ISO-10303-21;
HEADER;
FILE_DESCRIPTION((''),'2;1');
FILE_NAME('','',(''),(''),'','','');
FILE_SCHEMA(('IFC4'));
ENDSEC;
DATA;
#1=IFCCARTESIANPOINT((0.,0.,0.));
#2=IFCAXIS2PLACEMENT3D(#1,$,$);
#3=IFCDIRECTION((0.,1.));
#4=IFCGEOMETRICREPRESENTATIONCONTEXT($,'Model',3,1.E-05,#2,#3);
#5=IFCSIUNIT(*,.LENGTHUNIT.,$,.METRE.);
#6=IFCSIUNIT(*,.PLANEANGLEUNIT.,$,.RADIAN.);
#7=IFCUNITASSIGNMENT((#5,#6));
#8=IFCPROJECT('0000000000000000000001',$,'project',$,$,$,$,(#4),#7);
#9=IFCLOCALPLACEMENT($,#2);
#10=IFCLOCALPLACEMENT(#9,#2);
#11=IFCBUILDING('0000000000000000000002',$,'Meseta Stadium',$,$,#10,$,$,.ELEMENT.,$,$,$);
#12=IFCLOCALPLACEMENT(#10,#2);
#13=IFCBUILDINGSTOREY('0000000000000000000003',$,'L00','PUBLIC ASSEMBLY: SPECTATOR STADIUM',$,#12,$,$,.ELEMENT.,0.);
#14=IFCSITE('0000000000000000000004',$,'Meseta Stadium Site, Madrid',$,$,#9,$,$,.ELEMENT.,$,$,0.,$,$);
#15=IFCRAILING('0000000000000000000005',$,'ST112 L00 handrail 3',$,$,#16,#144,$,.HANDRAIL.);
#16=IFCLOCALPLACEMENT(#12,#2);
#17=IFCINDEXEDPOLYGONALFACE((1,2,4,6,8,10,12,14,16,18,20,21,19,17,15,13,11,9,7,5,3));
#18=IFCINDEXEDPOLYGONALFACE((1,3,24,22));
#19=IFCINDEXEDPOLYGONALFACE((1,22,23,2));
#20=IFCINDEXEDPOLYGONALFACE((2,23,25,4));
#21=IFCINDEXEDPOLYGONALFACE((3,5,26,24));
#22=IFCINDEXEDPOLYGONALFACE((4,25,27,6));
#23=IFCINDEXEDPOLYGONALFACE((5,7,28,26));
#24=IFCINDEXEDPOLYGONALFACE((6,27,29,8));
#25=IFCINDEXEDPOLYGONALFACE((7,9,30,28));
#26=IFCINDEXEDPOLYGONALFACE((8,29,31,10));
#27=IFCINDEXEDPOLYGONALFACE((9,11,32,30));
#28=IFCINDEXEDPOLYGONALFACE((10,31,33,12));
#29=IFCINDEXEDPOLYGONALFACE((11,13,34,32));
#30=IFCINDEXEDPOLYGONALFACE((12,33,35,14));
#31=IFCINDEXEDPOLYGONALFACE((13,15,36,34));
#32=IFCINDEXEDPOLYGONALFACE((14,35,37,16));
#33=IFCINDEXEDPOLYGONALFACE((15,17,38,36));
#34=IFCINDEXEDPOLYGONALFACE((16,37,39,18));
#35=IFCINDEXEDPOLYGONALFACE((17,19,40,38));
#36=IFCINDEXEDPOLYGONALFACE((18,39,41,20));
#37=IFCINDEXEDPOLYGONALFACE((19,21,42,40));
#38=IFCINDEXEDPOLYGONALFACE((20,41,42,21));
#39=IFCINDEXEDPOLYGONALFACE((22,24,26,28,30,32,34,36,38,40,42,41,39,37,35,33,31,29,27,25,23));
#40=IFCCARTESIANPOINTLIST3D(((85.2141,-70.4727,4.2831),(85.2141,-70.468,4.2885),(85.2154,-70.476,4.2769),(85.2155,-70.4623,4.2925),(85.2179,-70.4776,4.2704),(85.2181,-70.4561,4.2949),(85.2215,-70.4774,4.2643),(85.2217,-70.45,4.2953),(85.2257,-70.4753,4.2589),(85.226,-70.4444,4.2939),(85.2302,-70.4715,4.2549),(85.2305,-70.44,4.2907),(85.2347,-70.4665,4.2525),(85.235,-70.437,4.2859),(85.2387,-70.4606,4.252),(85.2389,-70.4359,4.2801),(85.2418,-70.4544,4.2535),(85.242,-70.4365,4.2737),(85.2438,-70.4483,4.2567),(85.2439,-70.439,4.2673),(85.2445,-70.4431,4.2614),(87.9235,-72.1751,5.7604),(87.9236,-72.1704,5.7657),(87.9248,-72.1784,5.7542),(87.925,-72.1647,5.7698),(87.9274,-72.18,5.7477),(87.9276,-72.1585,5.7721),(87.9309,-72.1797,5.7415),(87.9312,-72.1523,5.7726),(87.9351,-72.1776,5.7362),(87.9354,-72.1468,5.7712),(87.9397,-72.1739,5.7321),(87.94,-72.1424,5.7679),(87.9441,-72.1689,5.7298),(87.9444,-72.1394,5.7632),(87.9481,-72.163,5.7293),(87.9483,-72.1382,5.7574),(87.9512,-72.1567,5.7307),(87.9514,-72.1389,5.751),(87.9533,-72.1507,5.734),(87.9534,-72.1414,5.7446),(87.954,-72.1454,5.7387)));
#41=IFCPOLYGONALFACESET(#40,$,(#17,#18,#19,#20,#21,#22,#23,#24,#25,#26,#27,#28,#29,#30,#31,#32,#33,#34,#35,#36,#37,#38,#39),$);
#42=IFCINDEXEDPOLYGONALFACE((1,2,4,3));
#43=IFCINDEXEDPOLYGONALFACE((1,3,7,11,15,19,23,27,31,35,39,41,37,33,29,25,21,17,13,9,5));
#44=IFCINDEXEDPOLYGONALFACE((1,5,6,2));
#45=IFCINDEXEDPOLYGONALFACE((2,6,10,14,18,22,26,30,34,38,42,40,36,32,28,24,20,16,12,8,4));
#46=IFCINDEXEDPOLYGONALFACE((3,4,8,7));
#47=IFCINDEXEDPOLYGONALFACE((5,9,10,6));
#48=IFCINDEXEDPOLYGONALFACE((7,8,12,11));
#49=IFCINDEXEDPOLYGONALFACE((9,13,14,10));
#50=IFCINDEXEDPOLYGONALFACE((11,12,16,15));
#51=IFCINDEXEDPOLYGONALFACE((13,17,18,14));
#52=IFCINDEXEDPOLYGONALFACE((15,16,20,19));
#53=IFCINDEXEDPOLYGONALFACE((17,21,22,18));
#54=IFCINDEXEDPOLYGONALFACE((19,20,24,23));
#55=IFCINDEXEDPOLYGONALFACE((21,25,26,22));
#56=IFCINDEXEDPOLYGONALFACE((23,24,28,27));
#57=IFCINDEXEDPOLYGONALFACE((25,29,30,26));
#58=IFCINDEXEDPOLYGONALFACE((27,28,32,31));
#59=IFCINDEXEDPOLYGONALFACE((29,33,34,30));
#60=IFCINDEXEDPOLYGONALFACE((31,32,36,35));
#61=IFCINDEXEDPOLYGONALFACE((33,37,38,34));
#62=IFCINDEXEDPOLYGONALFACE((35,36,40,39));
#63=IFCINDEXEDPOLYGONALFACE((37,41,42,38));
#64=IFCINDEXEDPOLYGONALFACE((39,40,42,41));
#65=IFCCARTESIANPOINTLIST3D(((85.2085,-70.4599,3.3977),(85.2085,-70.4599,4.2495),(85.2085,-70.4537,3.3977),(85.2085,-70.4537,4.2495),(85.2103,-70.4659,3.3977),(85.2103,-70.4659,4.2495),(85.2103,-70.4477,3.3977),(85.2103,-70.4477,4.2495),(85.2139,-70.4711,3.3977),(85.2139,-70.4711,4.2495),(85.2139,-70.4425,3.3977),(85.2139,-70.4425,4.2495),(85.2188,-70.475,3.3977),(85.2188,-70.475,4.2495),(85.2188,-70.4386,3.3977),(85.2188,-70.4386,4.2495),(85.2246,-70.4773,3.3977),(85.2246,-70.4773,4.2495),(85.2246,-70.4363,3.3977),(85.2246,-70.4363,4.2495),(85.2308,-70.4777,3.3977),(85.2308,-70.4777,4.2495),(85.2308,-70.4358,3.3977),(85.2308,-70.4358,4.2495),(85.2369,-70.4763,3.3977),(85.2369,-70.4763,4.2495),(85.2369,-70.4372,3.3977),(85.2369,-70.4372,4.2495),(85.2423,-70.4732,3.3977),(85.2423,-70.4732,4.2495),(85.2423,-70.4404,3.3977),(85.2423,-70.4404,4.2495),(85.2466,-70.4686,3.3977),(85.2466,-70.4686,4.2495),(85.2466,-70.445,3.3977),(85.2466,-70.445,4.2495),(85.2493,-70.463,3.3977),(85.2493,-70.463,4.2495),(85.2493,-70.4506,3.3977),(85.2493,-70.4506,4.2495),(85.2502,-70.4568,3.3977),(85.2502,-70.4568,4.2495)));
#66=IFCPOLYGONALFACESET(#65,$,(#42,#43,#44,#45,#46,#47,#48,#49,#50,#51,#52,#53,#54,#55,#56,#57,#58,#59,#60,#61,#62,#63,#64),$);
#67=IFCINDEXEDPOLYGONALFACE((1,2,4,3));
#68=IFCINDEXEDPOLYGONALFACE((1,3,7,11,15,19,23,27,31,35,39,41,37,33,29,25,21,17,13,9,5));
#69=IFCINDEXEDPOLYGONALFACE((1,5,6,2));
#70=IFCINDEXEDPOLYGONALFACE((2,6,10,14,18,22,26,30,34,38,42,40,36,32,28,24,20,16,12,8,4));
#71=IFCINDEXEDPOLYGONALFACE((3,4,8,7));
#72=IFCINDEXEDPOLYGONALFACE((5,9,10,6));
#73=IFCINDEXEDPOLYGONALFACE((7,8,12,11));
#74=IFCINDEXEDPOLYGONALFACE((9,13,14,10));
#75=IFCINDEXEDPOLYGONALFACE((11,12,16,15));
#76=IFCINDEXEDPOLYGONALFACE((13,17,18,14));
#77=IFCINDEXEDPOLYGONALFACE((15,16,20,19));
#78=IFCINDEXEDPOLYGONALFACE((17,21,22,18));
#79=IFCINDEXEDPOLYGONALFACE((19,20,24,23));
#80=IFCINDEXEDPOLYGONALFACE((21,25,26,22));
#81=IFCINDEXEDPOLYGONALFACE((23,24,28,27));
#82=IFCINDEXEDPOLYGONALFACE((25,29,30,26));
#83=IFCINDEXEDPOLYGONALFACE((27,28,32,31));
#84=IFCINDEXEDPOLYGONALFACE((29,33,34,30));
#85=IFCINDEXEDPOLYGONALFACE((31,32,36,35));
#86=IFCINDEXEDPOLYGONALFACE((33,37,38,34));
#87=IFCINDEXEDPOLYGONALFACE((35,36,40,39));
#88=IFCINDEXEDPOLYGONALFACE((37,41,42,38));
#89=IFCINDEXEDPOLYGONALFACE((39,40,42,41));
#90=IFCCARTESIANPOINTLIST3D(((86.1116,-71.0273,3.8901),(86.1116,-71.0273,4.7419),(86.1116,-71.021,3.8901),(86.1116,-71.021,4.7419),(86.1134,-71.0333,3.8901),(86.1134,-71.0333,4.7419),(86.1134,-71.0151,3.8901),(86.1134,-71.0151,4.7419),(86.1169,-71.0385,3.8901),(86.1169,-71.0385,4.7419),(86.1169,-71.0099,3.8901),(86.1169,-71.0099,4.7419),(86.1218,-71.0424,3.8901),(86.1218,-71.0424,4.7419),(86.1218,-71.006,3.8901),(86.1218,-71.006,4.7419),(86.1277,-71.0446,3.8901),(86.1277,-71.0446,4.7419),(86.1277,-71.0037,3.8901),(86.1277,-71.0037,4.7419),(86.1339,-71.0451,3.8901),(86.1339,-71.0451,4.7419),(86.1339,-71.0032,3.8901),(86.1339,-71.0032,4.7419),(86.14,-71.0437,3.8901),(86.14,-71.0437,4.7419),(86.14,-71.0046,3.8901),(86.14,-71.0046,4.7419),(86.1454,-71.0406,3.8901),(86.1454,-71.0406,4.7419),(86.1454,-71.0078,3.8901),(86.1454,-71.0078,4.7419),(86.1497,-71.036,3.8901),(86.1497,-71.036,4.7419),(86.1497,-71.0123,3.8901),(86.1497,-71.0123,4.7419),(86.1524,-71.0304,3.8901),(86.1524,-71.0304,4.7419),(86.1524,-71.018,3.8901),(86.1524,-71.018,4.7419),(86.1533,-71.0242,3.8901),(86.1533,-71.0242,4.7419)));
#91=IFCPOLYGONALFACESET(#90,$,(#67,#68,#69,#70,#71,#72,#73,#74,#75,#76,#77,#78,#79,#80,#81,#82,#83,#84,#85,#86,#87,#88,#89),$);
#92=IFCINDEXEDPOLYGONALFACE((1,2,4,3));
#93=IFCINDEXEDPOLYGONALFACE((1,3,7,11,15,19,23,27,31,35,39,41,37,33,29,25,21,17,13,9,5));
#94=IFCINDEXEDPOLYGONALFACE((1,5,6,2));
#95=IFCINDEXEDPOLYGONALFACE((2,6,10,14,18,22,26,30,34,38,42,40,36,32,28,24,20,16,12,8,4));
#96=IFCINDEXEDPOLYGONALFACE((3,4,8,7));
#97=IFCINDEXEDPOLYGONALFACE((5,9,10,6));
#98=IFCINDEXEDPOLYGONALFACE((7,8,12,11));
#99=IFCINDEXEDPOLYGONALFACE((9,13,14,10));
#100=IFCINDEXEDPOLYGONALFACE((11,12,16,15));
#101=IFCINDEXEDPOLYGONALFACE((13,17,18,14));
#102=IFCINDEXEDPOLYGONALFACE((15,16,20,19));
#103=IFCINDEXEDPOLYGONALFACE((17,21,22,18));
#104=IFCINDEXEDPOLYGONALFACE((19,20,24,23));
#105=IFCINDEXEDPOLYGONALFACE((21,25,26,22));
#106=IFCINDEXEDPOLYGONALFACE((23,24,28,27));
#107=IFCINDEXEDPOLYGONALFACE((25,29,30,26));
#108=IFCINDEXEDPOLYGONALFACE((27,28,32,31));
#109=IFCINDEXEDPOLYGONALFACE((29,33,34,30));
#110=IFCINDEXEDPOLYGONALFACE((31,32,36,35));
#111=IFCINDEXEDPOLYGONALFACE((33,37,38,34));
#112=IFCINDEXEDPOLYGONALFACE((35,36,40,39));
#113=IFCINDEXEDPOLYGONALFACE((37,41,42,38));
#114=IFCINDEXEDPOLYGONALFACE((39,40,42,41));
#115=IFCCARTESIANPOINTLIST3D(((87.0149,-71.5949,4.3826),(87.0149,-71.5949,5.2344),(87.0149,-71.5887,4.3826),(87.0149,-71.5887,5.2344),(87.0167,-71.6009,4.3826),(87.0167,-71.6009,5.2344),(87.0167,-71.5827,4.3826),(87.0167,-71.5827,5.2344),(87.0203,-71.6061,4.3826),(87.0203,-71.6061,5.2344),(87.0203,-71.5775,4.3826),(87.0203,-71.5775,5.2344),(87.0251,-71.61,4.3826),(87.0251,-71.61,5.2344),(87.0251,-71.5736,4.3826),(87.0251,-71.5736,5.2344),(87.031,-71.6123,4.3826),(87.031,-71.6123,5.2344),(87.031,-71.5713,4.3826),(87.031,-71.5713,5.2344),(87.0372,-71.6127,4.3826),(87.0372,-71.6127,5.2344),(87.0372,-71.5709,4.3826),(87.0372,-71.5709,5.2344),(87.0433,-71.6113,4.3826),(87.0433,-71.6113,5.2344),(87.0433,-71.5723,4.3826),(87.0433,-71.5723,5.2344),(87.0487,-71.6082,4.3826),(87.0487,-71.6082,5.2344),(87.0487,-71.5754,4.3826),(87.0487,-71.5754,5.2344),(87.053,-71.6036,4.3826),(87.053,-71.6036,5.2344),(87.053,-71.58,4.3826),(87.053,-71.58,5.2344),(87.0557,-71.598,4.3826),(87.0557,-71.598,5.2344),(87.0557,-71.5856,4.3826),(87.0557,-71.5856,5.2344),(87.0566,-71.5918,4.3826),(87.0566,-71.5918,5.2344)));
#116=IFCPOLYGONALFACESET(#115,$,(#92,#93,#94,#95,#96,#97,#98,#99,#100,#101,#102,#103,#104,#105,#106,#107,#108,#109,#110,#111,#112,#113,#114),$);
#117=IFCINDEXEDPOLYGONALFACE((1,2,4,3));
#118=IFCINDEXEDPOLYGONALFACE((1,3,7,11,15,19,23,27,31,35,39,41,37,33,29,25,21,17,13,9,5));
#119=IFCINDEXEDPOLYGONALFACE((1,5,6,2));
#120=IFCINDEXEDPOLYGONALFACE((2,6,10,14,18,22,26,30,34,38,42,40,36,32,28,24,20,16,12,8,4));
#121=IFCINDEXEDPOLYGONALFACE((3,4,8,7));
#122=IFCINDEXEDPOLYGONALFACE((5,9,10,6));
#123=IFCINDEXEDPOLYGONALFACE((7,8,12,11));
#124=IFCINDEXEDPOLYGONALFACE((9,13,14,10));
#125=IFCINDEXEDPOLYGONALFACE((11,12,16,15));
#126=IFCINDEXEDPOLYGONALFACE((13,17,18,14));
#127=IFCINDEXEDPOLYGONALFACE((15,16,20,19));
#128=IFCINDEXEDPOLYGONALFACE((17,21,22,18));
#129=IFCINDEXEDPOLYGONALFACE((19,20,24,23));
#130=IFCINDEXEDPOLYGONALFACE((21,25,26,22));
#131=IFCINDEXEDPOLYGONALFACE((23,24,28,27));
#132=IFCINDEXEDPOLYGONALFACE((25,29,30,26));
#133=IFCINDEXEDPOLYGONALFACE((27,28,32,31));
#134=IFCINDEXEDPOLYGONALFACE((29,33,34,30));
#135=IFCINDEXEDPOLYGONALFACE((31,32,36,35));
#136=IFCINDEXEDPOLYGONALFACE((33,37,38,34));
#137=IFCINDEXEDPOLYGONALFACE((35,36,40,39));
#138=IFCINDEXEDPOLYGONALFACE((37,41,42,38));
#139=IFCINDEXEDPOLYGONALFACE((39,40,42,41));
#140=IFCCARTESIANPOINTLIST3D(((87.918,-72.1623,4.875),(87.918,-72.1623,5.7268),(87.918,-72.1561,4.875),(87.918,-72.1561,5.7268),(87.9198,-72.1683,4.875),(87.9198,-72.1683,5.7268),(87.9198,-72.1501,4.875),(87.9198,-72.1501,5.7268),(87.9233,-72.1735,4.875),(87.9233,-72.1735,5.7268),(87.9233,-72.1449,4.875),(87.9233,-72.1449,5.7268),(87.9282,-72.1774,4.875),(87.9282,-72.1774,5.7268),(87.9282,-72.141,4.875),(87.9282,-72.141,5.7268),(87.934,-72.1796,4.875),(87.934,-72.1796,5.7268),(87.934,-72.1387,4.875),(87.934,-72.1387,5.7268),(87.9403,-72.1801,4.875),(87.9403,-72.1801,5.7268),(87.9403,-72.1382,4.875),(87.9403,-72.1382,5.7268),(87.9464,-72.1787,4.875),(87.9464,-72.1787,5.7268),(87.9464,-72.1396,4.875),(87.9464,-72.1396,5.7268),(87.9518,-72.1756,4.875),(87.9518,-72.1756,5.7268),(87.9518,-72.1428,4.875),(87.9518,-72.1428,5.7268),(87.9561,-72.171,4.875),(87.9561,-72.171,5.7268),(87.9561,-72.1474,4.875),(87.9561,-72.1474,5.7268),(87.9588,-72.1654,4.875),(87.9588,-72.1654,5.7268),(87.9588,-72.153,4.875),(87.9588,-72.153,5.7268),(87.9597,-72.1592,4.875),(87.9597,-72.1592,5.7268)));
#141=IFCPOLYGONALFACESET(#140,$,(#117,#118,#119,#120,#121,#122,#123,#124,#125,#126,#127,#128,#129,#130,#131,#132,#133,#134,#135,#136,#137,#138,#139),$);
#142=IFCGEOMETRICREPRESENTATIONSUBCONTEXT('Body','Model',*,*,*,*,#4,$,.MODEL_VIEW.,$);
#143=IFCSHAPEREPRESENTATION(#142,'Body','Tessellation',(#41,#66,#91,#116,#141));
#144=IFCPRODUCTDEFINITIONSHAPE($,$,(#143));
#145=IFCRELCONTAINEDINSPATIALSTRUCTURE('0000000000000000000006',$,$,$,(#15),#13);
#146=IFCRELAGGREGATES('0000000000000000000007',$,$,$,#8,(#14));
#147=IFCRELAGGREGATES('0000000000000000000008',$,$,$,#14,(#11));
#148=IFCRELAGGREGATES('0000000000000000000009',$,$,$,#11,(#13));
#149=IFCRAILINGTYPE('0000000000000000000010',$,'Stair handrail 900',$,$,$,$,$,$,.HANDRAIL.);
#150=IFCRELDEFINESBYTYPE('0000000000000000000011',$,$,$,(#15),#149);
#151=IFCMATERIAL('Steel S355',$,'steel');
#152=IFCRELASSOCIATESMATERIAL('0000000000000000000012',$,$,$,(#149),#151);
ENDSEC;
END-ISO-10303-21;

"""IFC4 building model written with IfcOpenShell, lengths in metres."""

from ifc_helpers import new_model, si_unit, direction, frame, origin, origin_2d, place, context, subcontext, project, spatial, circle, extrude, material, type_object, element, save


model = new_model("IFC4")

# Units and contexts
model_context = context("Model", 3, precision=1e-05, world=origin(), true_north=direction((0.0, 1.0)))
body_context = subcontext(model_context, "Body", "Model", "MODEL_VIEW")
ifc_project = project(units=[si_unit("LENGTHUNIT", "METRE"), si_unit("PLANEANGLEUNIT", "RADIAN")], contexts=[model_context])

# Site, building, storey
site_placement = place(None, origin())
site = spatial("IfcSite", under=ifc_project, at=site_placement, Name="Meseta Stadium Site, Madrid", CompositionType="ELEMENT", RefElevation=0.0)
building_placement = place(site_placement, origin())
building = spatial("IfcBuilding", under=site, at=building_placement, Name="Meseta Stadium", CompositionType="ELEMENT")
storey_placement = place(building_placement, origin())
storey = spatial("IfcBuildingStorey", under=building, at=storey_placement, Name="L00", Description="PUBLIC ASSEMBLY: SPECTATOR STADIUM", CompositionType="ELEMENT", Elevation=0.0)

# Railing
ifc_material_1 = material(Name="Steel S355", Category="steel")
railing_type_1 = type_object("IfcRailingType", Name="Stair handrail 900", PredefinedType="HANDRAIL", material=ifc_material_1)
for number, where, name in (
    (1, (85.2292, -70.4568, 3.3977), "ST112 L00 handrail 3"),
):
    element("IfcRailing", number, at=place(storey_placement, frame(where)), inside=storey, type_object=railing_type_1, Name=name, PredefinedType="HANDRAIL", context=body_context, shape_type="SweptSolid", body=[
        extrude(circle(Radius=0.0239, at=origin_2d()), frame((0.0, 0.0, 0.876), z_axis=(0.768764, -0.483023, 0.419156), x_axis=(0.532014, 0.846736, 0.0)), (0.0, 0.0, 1.0), 3.5244),
        extrude(circle(Radius=0.021, at=origin_2d()), origin(), (0.0, 0.0, 1.0), 0.8518),
        extrude(circle(Radius=0.021, at=origin_2d()), frame((0.9031, -0.5674, 0.4924)), (0.0, 0.0, 1.0), 0.8518),
        extrude(circle(Radius=0.021, at=origin_2d()), frame((1.8064, -1.135, 0.9849)), (0.0, 0.0, 1.0), 0.8518),
        extrude(circle(Radius=0.021, at=origin_2d()), frame((2.7095, -1.7024, 1.4773)), (0.0, 0.0, 1.0), 0.8518),
    ])

save(model, "model.ifc")
